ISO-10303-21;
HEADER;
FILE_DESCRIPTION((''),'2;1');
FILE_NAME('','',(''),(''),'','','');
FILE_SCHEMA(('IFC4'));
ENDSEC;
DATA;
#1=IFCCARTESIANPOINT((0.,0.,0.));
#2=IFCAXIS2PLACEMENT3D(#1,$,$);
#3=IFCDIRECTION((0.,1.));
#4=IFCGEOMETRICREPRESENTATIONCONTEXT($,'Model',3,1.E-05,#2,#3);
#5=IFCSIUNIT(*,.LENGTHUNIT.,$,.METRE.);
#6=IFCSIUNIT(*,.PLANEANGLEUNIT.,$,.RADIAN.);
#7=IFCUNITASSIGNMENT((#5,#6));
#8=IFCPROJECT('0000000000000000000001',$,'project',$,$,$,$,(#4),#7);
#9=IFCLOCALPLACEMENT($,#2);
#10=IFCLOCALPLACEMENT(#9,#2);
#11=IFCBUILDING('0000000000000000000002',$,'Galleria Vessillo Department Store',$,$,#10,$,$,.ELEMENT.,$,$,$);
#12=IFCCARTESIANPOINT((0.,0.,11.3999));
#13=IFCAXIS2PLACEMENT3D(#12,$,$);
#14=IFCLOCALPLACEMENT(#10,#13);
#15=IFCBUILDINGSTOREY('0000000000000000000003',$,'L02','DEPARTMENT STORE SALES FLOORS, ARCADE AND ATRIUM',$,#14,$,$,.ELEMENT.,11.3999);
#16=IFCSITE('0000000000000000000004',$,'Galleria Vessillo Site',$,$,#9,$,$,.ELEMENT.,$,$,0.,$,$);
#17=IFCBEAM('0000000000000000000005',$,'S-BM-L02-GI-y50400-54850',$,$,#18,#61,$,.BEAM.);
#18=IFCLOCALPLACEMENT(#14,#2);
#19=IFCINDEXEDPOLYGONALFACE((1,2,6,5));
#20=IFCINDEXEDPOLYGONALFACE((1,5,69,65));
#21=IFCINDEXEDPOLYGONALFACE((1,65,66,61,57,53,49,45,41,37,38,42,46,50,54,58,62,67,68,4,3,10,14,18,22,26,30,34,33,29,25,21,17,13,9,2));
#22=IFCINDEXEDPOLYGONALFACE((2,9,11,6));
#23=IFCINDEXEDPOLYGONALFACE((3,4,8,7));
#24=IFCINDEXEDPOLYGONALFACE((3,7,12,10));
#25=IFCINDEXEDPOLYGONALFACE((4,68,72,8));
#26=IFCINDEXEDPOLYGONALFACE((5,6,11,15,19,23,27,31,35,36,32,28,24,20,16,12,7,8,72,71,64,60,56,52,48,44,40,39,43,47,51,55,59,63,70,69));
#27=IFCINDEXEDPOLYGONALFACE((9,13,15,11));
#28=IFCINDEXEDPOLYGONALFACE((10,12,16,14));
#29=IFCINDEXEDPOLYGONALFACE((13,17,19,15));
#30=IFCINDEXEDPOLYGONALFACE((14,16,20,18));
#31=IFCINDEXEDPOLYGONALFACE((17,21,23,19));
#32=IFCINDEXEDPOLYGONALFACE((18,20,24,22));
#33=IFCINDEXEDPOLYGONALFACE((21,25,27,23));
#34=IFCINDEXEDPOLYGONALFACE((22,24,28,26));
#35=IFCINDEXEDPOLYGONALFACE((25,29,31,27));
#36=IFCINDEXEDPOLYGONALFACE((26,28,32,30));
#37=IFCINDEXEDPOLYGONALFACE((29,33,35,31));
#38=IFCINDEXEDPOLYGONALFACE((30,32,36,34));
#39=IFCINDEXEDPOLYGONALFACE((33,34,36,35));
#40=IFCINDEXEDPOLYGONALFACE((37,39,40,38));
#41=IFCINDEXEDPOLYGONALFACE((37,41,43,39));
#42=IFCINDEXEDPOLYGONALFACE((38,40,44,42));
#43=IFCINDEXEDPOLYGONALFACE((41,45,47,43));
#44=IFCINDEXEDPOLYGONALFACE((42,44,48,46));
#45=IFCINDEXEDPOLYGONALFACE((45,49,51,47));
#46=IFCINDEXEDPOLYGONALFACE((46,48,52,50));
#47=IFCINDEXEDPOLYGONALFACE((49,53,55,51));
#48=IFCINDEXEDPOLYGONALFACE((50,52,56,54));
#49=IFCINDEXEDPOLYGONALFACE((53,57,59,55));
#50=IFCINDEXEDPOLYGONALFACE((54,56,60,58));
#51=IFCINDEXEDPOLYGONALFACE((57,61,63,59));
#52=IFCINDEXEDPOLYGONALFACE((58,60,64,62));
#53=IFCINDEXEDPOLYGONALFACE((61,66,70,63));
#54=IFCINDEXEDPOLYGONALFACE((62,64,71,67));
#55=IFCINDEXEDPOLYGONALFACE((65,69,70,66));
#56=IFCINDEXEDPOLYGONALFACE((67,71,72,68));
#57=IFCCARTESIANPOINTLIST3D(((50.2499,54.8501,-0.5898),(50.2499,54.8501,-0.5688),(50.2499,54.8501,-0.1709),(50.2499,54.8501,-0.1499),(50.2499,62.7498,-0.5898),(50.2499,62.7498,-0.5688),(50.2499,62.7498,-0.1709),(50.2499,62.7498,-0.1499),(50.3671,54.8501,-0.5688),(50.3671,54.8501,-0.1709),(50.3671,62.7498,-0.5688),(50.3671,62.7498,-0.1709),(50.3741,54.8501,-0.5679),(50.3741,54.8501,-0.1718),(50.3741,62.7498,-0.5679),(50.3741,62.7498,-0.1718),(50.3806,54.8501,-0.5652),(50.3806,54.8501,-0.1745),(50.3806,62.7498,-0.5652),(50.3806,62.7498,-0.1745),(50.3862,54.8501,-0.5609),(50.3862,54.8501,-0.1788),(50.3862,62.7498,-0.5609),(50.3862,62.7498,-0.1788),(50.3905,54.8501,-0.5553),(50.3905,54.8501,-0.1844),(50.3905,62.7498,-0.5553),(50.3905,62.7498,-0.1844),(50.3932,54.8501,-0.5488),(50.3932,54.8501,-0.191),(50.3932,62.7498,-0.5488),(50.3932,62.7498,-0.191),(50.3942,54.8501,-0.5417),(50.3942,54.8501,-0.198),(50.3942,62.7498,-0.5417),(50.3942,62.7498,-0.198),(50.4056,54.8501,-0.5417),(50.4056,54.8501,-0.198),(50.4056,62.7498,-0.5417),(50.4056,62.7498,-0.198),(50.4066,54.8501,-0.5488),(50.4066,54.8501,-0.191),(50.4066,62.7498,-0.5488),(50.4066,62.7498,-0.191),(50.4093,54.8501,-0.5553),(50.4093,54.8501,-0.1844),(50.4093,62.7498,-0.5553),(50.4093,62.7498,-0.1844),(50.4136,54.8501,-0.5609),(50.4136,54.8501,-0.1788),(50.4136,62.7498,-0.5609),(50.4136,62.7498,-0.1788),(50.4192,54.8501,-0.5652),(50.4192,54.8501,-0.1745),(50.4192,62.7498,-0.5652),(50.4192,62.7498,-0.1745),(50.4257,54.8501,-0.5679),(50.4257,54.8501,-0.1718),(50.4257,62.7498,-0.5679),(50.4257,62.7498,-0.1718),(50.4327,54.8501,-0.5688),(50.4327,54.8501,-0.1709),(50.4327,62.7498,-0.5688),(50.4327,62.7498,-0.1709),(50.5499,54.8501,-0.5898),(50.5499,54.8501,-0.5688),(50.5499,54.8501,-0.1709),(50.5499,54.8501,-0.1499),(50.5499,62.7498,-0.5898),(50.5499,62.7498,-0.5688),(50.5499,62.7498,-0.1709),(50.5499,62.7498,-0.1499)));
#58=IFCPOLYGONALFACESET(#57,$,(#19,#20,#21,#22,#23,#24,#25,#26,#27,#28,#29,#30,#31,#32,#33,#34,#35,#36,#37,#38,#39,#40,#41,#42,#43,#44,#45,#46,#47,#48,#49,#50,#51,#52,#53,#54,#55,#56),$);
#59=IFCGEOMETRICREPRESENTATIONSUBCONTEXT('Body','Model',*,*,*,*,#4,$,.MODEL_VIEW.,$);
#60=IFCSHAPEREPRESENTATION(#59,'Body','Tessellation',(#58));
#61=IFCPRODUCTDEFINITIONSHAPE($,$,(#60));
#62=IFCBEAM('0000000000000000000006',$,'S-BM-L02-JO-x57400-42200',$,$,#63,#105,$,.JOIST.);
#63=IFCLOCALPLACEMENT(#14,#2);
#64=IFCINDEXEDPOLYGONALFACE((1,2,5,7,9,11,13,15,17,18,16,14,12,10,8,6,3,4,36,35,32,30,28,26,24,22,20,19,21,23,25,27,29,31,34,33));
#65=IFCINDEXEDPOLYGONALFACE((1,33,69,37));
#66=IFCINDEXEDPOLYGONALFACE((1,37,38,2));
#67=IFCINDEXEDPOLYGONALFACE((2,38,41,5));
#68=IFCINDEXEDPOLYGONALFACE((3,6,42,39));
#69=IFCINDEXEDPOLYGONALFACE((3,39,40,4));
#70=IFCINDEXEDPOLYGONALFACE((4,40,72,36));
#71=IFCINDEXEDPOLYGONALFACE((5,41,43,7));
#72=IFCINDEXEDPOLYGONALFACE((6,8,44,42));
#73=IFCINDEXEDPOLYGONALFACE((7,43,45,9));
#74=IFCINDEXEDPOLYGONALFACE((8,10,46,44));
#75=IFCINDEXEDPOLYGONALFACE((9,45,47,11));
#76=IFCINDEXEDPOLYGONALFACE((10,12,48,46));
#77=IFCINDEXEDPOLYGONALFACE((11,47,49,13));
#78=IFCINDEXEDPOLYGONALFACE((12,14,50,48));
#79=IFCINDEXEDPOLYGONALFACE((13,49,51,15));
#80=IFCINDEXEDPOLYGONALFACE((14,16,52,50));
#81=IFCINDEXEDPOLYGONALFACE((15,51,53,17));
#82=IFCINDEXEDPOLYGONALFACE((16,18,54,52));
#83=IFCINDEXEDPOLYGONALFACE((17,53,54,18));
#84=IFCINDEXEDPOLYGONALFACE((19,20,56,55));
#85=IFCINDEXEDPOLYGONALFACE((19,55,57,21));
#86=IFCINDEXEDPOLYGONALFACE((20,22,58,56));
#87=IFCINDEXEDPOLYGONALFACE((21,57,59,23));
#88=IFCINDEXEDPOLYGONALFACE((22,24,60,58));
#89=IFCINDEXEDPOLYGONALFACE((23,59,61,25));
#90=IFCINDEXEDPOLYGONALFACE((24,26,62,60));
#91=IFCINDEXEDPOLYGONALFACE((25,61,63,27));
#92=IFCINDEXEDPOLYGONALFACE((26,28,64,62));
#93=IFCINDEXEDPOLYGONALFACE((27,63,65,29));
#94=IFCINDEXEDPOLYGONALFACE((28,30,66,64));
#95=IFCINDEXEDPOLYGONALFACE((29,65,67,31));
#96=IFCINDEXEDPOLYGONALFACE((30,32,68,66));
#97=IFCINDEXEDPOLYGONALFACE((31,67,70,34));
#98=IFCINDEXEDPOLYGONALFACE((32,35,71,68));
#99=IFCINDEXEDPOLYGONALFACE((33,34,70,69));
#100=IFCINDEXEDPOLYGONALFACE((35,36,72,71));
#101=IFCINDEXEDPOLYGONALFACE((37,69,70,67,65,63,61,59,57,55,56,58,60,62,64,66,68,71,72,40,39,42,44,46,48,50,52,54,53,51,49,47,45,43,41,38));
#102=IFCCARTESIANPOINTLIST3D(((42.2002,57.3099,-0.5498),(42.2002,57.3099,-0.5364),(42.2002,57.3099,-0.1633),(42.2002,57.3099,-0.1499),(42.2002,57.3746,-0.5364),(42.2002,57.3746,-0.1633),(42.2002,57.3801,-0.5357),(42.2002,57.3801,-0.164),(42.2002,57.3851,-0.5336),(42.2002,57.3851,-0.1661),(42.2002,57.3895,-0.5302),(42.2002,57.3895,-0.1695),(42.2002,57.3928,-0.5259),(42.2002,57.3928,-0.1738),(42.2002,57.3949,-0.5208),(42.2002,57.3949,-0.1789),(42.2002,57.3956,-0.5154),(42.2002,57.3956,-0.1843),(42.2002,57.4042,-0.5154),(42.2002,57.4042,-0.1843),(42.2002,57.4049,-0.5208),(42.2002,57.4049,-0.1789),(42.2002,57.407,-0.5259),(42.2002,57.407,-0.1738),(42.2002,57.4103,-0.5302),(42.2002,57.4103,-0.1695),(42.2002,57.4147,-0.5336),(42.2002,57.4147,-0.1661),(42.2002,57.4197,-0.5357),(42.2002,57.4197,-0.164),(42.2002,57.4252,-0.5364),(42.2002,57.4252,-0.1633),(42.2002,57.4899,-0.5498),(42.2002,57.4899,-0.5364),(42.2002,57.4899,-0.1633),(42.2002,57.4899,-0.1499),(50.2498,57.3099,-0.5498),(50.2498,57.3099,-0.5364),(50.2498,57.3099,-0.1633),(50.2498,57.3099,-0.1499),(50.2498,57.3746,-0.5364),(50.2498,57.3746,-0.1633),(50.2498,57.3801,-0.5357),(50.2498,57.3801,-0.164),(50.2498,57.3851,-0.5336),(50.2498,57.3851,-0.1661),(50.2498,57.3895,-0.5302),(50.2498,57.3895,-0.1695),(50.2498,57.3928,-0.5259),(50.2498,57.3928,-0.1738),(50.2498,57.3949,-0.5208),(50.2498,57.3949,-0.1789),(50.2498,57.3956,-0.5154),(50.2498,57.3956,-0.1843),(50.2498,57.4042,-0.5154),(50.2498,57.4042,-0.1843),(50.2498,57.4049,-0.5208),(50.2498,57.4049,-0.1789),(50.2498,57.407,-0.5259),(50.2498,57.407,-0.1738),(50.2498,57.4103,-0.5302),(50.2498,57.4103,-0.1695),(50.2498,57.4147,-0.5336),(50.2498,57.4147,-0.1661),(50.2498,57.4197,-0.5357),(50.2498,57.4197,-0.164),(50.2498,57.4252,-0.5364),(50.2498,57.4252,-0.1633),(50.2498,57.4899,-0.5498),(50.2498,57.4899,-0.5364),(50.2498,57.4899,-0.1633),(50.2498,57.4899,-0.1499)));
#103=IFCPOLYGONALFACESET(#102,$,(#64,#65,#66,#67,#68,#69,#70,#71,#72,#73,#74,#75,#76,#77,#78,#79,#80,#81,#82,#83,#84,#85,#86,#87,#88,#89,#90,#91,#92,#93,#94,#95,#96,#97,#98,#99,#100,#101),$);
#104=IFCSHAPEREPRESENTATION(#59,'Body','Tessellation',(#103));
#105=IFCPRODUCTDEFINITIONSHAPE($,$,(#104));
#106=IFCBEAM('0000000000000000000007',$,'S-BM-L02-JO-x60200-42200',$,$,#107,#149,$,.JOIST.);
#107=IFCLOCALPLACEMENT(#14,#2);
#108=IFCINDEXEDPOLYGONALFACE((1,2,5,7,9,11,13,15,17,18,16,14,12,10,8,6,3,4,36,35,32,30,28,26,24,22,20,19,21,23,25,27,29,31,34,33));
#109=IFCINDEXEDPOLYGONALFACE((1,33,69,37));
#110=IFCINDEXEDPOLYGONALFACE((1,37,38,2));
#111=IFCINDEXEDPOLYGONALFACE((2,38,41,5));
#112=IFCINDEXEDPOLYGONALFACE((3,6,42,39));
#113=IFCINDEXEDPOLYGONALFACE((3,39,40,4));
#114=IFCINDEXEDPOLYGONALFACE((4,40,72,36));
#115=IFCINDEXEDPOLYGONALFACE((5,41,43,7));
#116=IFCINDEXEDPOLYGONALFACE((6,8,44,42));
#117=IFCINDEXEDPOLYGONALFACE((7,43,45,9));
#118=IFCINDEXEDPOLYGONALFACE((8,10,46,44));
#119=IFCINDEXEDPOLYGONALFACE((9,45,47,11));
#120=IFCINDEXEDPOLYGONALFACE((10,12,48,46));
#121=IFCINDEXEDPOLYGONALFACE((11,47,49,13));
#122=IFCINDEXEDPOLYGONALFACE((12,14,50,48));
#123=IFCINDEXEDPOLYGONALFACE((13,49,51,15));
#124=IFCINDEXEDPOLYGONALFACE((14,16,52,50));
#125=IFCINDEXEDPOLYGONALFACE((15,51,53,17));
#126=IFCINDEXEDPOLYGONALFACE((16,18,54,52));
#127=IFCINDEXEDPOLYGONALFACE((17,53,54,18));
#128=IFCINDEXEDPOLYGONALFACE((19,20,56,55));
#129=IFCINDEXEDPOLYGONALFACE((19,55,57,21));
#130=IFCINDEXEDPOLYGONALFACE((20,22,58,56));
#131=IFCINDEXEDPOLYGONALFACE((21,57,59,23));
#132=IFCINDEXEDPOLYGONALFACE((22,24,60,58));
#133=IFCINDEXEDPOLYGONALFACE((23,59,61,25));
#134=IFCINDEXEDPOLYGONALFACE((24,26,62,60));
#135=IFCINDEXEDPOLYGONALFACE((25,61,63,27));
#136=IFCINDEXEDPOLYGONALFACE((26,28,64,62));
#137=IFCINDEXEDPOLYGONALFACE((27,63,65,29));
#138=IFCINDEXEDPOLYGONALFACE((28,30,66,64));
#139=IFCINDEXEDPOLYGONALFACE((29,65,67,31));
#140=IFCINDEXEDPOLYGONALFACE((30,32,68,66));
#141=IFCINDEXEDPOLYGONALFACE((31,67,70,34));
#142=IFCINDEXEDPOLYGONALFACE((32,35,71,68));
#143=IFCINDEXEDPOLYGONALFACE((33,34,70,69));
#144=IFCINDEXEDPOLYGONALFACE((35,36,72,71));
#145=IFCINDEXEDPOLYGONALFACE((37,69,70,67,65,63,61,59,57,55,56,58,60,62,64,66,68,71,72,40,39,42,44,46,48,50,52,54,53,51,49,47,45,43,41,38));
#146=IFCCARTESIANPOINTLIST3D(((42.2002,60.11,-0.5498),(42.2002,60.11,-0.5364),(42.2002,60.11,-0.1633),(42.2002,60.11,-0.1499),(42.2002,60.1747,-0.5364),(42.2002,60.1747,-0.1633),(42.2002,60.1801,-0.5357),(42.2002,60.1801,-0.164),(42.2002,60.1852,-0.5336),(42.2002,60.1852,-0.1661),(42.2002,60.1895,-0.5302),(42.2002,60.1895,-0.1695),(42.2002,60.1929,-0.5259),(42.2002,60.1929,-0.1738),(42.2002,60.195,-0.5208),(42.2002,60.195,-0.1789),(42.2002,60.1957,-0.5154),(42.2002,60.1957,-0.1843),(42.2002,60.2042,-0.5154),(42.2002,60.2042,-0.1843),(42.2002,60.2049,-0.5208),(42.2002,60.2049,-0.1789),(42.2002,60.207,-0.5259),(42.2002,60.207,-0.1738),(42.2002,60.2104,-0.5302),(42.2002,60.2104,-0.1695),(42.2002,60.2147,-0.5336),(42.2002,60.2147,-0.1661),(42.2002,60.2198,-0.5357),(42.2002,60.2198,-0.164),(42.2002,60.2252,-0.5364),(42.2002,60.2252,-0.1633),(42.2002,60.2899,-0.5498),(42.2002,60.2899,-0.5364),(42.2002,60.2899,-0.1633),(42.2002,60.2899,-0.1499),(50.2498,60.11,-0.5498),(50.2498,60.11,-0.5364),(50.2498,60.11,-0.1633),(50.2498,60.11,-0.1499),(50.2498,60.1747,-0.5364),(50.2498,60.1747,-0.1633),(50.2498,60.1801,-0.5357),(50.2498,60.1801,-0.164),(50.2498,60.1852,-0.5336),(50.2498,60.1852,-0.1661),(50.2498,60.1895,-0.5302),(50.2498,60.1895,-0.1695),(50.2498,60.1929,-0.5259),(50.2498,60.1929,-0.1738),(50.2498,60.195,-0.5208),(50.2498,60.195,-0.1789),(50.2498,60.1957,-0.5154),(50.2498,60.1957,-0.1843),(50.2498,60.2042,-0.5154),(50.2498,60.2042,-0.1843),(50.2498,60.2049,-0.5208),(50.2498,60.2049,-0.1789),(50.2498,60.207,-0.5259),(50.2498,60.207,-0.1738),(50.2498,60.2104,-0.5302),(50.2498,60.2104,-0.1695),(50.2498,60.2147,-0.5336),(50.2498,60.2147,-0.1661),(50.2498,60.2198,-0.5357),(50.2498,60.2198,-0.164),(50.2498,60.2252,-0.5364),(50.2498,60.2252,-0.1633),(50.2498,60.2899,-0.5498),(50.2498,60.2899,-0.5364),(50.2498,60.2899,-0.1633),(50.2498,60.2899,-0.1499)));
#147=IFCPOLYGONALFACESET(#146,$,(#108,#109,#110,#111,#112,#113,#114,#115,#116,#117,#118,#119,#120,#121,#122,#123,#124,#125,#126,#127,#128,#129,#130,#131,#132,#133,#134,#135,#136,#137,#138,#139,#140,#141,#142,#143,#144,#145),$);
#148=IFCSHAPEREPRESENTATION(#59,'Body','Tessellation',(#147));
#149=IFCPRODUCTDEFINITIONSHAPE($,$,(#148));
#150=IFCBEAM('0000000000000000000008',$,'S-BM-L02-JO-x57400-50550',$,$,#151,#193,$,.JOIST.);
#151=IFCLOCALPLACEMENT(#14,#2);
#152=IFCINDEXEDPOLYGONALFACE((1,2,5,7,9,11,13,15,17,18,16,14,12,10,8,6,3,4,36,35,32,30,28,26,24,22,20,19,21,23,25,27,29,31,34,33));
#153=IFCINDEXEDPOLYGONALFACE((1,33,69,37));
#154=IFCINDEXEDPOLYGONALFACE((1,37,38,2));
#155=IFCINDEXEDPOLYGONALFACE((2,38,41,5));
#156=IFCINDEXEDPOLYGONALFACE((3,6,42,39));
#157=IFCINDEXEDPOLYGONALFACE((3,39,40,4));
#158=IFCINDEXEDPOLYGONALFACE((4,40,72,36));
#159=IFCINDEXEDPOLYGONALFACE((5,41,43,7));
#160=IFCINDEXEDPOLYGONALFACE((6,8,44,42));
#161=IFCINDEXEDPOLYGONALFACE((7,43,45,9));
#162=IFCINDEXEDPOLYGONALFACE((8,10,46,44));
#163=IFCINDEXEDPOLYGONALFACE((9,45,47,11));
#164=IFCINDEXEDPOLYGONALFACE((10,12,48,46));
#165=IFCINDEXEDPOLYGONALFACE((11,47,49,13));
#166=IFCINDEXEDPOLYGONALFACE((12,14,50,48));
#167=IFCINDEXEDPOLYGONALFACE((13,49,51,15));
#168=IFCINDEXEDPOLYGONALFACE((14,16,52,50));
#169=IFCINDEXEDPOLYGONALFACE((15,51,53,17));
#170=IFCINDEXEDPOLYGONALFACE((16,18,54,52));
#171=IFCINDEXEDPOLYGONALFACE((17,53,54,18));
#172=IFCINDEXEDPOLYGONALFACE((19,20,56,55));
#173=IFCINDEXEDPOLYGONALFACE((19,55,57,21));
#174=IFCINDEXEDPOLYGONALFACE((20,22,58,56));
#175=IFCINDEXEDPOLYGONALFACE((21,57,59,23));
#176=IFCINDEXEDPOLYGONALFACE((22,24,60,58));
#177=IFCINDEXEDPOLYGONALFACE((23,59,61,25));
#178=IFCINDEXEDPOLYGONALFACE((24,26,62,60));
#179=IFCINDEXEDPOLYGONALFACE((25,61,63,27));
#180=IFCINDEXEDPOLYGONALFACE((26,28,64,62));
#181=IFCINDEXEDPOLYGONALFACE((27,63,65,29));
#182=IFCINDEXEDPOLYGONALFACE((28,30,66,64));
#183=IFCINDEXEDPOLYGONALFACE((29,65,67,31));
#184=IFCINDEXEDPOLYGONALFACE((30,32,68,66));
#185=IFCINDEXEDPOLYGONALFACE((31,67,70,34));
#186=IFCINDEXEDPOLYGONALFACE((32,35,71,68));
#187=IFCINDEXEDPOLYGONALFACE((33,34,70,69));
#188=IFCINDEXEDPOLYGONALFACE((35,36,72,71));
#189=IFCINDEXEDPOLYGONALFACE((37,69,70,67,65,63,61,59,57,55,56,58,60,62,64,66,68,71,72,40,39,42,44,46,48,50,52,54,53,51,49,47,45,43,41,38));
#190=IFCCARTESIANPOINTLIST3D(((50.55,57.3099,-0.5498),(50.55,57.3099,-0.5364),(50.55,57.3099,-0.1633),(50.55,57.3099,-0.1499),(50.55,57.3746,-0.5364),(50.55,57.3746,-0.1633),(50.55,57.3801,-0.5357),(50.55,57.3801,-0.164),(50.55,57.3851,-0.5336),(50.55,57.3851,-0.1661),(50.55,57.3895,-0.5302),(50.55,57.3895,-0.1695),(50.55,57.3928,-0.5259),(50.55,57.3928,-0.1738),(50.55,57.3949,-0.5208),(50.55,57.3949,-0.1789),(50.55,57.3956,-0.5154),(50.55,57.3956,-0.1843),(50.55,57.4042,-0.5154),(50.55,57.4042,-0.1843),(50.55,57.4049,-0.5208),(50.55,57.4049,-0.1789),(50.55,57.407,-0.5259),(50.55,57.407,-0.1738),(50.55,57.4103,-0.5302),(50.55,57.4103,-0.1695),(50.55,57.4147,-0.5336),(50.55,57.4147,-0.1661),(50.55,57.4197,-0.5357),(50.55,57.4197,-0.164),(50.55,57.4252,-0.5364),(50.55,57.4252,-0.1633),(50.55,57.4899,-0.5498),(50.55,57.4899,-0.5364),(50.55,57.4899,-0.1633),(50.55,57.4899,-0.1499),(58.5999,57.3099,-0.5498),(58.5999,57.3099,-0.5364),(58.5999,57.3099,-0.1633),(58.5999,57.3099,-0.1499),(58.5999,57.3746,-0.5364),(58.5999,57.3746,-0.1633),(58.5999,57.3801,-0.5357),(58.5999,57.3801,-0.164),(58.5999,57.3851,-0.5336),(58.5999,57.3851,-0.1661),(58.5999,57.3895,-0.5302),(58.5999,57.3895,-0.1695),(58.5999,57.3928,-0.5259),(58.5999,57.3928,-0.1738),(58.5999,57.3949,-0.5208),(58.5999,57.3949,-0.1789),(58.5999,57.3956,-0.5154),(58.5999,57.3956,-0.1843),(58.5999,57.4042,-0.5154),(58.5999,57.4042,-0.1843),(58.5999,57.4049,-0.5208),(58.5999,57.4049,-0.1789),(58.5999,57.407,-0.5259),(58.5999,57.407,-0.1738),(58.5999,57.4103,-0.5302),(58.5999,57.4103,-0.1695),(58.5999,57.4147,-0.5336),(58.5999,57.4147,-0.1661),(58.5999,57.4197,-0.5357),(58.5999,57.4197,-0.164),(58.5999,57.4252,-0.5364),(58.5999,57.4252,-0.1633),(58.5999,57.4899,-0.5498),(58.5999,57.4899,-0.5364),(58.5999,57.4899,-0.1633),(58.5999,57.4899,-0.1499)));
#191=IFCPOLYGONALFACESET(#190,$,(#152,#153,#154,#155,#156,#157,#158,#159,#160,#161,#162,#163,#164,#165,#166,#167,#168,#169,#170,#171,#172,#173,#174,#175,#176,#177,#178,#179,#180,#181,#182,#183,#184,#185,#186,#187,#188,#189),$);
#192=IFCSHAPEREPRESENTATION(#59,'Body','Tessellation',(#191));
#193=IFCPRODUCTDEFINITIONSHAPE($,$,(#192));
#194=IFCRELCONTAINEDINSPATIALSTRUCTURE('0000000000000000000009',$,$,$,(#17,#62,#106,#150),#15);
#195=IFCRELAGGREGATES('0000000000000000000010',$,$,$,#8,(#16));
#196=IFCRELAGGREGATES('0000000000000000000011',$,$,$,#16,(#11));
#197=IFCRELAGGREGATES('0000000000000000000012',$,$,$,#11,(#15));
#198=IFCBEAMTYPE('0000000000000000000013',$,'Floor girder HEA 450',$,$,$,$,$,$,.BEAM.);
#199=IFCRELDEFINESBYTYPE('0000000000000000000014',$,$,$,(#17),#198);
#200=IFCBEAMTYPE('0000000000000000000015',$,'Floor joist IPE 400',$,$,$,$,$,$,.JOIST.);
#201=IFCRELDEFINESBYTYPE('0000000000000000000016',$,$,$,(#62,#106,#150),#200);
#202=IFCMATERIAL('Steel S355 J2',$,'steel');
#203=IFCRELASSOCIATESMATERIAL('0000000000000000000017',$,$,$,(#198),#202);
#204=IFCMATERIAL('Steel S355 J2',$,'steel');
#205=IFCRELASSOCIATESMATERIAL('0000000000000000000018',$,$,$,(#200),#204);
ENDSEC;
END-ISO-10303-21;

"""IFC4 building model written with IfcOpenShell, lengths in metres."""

from ifc_helpers import new_model, si_unit, direction, frame, origin, origin_2d, place, context, subcontext, project, spatial, i_section, extrude, material, material_profile, profile_set, type_object, element, save


model = new_model("IFC4")

# Units and contexts
model_context = context("Model", 3, precision=1e-05, world=origin(), true_north=direction((0.0, 1.0)))
body_context = subcontext(model_context, "Body", "Model", "MODEL_VIEW")
ifc_project = project(units=[si_unit("LENGTHUNIT", "METRE"), si_unit("PLANEANGLEUNIT", "RADIAN")], contexts=[model_context])

# Site, building, storey
site_placement = place(None, origin())
site = spatial("IfcSite", under=ifc_project, at=site_placement, Name="Galleria Vessillo Site", CompositionType="ELEMENT", RefElevation=0.0)
building_placement = place(site_placement, origin())
building = spatial("IfcBuilding", under=site, at=building_placement, Name="Galleria Vessillo Department Store", CompositionType="ELEMENT")
storey_placement = place(building_placement, frame((0.0, 0.0, 11.3999)))
storey = spatial("IfcBuildingStorey", under=building, at=storey_placement, Name="L02", Description="DEPARTMENT STORE SALES FLOORS, ARCADE AND ATRIUM", CompositionType="ELEMENT", Elevation=11.3999)

# Beams
ifc_material_1 = material(Name="Steel S355 J2", Category="steel")
ifc_material_profile_1 = material_profile(ifc_material_1, i_section(OverallWidth=0.3, OverallDepth=0.4399, WebThickness=0.0115, FlangeThickness=0.021, FilletRadius=0.0271, at=origin_2d()), Name="HEA 450")
ifc_profile_set_1 = profile_set([ifc_material_profile_1], Name="Steel S355 J2")
beam_type_1 = type_object("IfcBeamType", Name="Floor girder HEA 450", PredefinedType="BEAM", material=ifc_profile_set_1)
beam_placement = place(storey_placement, frame((50.3999, 54.8501, -0.3699), z_axis=(0.0, 1.0, 0.0), x_axis=(-1.0, 0.0, 0.0)))
element("IfcBeam", 1, at=beam_placement, inside=storey, type_object=beam_type_1, Name="S-BM-L02-GI-y50400-54850", PredefinedType="BEAM", context=body_context, shape_type="SweptSolid", body=[
    extrude(i_section(OverallWidth=0.3, OverallDepth=0.4399, WebThickness=0.0115, FlangeThickness=0.021, FilletRadius=0.0271, at=origin_2d()), origin(), (0.0, 0.0, 1.0), 7.8997),
])
ifc_material_2 = material(Name="Steel S355 J2", Category="steel")
ifc_material_profile_2 = material_profile(ifc_material_2, i_section(OverallWidth=0.1799, OverallDepth=0.3999, WebThickness=0.0085, FlangeThickness=0.0134, FilletRadius=0.021, at=origin_2d()), Name="IPE 400")
ifc_profile_set_2 = profile_set([ifc_material_profile_2], Name="Steel S355 J2")
beam_type_2 = type_object("IfcBeamType", Name="Floor joist IPE 400", PredefinedType="JOIST", material=ifc_profile_set_2)
for number, where, z_axis, x_axis, name in (
    (2, (42.2002, 57.3999, -0.3499), (1.0, 0.0, 0.0), (0.0, 1.0, 0.0), "S-BM-L02-JO-x57400-42200"),
    (3, (42.2002, 60.2, -0.3499), (1.0, 0.0, 0.0), (0.0, 1.0, 0.0), "S-BM-L02-JO-x60200-42200"),
):
    element("IfcBeam", number, at=place(storey_placement, frame(where, z_axis=z_axis, x_axis=x_axis)), inside=storey, type_object=beam_type_2, Name=name, PredefinedType="JOIST", context=body_context, shape_type="SweptSolid", body=[
        extrude(i_section(OverallWidth=0.1799, OverallDepth=0.3999, WebThickness=0.0085, FlangeThickness=0.0134, FilletRadius=0.021, at=origin_2d()), origin(), (0.0, 0.0, 1.0), 8.0496),
    ])
for number, where, z_axis, x_axis, name in (
    (4, (50.55, 57.3999, -0.3499), (1.0, 0.0, 0.0), (0.0, 1.0, 0.0), "S-BM-L02-JO-x57400-50550"),
):
    element("IfcBeam", number, at=place(storey_placement, frame(where, z_axis=z_axis, x_axis=x_axis)), inside=storey, type_object=beam_type_2, Name=name, PredefinedType="JOIST", context=body_context, shape_type="SweptSolid", body=[
        extrude(i_section(OverallWidth=0.1799, OverallDepth=0.3999, WebThickness=0.0085, FlangeThickness=0.0134, FilletRadius=0.021, at=origin_2d()), origin(), (0.0, 0.0, 1.0), 8.0498),
    ])

save(model, "model.ifc")
